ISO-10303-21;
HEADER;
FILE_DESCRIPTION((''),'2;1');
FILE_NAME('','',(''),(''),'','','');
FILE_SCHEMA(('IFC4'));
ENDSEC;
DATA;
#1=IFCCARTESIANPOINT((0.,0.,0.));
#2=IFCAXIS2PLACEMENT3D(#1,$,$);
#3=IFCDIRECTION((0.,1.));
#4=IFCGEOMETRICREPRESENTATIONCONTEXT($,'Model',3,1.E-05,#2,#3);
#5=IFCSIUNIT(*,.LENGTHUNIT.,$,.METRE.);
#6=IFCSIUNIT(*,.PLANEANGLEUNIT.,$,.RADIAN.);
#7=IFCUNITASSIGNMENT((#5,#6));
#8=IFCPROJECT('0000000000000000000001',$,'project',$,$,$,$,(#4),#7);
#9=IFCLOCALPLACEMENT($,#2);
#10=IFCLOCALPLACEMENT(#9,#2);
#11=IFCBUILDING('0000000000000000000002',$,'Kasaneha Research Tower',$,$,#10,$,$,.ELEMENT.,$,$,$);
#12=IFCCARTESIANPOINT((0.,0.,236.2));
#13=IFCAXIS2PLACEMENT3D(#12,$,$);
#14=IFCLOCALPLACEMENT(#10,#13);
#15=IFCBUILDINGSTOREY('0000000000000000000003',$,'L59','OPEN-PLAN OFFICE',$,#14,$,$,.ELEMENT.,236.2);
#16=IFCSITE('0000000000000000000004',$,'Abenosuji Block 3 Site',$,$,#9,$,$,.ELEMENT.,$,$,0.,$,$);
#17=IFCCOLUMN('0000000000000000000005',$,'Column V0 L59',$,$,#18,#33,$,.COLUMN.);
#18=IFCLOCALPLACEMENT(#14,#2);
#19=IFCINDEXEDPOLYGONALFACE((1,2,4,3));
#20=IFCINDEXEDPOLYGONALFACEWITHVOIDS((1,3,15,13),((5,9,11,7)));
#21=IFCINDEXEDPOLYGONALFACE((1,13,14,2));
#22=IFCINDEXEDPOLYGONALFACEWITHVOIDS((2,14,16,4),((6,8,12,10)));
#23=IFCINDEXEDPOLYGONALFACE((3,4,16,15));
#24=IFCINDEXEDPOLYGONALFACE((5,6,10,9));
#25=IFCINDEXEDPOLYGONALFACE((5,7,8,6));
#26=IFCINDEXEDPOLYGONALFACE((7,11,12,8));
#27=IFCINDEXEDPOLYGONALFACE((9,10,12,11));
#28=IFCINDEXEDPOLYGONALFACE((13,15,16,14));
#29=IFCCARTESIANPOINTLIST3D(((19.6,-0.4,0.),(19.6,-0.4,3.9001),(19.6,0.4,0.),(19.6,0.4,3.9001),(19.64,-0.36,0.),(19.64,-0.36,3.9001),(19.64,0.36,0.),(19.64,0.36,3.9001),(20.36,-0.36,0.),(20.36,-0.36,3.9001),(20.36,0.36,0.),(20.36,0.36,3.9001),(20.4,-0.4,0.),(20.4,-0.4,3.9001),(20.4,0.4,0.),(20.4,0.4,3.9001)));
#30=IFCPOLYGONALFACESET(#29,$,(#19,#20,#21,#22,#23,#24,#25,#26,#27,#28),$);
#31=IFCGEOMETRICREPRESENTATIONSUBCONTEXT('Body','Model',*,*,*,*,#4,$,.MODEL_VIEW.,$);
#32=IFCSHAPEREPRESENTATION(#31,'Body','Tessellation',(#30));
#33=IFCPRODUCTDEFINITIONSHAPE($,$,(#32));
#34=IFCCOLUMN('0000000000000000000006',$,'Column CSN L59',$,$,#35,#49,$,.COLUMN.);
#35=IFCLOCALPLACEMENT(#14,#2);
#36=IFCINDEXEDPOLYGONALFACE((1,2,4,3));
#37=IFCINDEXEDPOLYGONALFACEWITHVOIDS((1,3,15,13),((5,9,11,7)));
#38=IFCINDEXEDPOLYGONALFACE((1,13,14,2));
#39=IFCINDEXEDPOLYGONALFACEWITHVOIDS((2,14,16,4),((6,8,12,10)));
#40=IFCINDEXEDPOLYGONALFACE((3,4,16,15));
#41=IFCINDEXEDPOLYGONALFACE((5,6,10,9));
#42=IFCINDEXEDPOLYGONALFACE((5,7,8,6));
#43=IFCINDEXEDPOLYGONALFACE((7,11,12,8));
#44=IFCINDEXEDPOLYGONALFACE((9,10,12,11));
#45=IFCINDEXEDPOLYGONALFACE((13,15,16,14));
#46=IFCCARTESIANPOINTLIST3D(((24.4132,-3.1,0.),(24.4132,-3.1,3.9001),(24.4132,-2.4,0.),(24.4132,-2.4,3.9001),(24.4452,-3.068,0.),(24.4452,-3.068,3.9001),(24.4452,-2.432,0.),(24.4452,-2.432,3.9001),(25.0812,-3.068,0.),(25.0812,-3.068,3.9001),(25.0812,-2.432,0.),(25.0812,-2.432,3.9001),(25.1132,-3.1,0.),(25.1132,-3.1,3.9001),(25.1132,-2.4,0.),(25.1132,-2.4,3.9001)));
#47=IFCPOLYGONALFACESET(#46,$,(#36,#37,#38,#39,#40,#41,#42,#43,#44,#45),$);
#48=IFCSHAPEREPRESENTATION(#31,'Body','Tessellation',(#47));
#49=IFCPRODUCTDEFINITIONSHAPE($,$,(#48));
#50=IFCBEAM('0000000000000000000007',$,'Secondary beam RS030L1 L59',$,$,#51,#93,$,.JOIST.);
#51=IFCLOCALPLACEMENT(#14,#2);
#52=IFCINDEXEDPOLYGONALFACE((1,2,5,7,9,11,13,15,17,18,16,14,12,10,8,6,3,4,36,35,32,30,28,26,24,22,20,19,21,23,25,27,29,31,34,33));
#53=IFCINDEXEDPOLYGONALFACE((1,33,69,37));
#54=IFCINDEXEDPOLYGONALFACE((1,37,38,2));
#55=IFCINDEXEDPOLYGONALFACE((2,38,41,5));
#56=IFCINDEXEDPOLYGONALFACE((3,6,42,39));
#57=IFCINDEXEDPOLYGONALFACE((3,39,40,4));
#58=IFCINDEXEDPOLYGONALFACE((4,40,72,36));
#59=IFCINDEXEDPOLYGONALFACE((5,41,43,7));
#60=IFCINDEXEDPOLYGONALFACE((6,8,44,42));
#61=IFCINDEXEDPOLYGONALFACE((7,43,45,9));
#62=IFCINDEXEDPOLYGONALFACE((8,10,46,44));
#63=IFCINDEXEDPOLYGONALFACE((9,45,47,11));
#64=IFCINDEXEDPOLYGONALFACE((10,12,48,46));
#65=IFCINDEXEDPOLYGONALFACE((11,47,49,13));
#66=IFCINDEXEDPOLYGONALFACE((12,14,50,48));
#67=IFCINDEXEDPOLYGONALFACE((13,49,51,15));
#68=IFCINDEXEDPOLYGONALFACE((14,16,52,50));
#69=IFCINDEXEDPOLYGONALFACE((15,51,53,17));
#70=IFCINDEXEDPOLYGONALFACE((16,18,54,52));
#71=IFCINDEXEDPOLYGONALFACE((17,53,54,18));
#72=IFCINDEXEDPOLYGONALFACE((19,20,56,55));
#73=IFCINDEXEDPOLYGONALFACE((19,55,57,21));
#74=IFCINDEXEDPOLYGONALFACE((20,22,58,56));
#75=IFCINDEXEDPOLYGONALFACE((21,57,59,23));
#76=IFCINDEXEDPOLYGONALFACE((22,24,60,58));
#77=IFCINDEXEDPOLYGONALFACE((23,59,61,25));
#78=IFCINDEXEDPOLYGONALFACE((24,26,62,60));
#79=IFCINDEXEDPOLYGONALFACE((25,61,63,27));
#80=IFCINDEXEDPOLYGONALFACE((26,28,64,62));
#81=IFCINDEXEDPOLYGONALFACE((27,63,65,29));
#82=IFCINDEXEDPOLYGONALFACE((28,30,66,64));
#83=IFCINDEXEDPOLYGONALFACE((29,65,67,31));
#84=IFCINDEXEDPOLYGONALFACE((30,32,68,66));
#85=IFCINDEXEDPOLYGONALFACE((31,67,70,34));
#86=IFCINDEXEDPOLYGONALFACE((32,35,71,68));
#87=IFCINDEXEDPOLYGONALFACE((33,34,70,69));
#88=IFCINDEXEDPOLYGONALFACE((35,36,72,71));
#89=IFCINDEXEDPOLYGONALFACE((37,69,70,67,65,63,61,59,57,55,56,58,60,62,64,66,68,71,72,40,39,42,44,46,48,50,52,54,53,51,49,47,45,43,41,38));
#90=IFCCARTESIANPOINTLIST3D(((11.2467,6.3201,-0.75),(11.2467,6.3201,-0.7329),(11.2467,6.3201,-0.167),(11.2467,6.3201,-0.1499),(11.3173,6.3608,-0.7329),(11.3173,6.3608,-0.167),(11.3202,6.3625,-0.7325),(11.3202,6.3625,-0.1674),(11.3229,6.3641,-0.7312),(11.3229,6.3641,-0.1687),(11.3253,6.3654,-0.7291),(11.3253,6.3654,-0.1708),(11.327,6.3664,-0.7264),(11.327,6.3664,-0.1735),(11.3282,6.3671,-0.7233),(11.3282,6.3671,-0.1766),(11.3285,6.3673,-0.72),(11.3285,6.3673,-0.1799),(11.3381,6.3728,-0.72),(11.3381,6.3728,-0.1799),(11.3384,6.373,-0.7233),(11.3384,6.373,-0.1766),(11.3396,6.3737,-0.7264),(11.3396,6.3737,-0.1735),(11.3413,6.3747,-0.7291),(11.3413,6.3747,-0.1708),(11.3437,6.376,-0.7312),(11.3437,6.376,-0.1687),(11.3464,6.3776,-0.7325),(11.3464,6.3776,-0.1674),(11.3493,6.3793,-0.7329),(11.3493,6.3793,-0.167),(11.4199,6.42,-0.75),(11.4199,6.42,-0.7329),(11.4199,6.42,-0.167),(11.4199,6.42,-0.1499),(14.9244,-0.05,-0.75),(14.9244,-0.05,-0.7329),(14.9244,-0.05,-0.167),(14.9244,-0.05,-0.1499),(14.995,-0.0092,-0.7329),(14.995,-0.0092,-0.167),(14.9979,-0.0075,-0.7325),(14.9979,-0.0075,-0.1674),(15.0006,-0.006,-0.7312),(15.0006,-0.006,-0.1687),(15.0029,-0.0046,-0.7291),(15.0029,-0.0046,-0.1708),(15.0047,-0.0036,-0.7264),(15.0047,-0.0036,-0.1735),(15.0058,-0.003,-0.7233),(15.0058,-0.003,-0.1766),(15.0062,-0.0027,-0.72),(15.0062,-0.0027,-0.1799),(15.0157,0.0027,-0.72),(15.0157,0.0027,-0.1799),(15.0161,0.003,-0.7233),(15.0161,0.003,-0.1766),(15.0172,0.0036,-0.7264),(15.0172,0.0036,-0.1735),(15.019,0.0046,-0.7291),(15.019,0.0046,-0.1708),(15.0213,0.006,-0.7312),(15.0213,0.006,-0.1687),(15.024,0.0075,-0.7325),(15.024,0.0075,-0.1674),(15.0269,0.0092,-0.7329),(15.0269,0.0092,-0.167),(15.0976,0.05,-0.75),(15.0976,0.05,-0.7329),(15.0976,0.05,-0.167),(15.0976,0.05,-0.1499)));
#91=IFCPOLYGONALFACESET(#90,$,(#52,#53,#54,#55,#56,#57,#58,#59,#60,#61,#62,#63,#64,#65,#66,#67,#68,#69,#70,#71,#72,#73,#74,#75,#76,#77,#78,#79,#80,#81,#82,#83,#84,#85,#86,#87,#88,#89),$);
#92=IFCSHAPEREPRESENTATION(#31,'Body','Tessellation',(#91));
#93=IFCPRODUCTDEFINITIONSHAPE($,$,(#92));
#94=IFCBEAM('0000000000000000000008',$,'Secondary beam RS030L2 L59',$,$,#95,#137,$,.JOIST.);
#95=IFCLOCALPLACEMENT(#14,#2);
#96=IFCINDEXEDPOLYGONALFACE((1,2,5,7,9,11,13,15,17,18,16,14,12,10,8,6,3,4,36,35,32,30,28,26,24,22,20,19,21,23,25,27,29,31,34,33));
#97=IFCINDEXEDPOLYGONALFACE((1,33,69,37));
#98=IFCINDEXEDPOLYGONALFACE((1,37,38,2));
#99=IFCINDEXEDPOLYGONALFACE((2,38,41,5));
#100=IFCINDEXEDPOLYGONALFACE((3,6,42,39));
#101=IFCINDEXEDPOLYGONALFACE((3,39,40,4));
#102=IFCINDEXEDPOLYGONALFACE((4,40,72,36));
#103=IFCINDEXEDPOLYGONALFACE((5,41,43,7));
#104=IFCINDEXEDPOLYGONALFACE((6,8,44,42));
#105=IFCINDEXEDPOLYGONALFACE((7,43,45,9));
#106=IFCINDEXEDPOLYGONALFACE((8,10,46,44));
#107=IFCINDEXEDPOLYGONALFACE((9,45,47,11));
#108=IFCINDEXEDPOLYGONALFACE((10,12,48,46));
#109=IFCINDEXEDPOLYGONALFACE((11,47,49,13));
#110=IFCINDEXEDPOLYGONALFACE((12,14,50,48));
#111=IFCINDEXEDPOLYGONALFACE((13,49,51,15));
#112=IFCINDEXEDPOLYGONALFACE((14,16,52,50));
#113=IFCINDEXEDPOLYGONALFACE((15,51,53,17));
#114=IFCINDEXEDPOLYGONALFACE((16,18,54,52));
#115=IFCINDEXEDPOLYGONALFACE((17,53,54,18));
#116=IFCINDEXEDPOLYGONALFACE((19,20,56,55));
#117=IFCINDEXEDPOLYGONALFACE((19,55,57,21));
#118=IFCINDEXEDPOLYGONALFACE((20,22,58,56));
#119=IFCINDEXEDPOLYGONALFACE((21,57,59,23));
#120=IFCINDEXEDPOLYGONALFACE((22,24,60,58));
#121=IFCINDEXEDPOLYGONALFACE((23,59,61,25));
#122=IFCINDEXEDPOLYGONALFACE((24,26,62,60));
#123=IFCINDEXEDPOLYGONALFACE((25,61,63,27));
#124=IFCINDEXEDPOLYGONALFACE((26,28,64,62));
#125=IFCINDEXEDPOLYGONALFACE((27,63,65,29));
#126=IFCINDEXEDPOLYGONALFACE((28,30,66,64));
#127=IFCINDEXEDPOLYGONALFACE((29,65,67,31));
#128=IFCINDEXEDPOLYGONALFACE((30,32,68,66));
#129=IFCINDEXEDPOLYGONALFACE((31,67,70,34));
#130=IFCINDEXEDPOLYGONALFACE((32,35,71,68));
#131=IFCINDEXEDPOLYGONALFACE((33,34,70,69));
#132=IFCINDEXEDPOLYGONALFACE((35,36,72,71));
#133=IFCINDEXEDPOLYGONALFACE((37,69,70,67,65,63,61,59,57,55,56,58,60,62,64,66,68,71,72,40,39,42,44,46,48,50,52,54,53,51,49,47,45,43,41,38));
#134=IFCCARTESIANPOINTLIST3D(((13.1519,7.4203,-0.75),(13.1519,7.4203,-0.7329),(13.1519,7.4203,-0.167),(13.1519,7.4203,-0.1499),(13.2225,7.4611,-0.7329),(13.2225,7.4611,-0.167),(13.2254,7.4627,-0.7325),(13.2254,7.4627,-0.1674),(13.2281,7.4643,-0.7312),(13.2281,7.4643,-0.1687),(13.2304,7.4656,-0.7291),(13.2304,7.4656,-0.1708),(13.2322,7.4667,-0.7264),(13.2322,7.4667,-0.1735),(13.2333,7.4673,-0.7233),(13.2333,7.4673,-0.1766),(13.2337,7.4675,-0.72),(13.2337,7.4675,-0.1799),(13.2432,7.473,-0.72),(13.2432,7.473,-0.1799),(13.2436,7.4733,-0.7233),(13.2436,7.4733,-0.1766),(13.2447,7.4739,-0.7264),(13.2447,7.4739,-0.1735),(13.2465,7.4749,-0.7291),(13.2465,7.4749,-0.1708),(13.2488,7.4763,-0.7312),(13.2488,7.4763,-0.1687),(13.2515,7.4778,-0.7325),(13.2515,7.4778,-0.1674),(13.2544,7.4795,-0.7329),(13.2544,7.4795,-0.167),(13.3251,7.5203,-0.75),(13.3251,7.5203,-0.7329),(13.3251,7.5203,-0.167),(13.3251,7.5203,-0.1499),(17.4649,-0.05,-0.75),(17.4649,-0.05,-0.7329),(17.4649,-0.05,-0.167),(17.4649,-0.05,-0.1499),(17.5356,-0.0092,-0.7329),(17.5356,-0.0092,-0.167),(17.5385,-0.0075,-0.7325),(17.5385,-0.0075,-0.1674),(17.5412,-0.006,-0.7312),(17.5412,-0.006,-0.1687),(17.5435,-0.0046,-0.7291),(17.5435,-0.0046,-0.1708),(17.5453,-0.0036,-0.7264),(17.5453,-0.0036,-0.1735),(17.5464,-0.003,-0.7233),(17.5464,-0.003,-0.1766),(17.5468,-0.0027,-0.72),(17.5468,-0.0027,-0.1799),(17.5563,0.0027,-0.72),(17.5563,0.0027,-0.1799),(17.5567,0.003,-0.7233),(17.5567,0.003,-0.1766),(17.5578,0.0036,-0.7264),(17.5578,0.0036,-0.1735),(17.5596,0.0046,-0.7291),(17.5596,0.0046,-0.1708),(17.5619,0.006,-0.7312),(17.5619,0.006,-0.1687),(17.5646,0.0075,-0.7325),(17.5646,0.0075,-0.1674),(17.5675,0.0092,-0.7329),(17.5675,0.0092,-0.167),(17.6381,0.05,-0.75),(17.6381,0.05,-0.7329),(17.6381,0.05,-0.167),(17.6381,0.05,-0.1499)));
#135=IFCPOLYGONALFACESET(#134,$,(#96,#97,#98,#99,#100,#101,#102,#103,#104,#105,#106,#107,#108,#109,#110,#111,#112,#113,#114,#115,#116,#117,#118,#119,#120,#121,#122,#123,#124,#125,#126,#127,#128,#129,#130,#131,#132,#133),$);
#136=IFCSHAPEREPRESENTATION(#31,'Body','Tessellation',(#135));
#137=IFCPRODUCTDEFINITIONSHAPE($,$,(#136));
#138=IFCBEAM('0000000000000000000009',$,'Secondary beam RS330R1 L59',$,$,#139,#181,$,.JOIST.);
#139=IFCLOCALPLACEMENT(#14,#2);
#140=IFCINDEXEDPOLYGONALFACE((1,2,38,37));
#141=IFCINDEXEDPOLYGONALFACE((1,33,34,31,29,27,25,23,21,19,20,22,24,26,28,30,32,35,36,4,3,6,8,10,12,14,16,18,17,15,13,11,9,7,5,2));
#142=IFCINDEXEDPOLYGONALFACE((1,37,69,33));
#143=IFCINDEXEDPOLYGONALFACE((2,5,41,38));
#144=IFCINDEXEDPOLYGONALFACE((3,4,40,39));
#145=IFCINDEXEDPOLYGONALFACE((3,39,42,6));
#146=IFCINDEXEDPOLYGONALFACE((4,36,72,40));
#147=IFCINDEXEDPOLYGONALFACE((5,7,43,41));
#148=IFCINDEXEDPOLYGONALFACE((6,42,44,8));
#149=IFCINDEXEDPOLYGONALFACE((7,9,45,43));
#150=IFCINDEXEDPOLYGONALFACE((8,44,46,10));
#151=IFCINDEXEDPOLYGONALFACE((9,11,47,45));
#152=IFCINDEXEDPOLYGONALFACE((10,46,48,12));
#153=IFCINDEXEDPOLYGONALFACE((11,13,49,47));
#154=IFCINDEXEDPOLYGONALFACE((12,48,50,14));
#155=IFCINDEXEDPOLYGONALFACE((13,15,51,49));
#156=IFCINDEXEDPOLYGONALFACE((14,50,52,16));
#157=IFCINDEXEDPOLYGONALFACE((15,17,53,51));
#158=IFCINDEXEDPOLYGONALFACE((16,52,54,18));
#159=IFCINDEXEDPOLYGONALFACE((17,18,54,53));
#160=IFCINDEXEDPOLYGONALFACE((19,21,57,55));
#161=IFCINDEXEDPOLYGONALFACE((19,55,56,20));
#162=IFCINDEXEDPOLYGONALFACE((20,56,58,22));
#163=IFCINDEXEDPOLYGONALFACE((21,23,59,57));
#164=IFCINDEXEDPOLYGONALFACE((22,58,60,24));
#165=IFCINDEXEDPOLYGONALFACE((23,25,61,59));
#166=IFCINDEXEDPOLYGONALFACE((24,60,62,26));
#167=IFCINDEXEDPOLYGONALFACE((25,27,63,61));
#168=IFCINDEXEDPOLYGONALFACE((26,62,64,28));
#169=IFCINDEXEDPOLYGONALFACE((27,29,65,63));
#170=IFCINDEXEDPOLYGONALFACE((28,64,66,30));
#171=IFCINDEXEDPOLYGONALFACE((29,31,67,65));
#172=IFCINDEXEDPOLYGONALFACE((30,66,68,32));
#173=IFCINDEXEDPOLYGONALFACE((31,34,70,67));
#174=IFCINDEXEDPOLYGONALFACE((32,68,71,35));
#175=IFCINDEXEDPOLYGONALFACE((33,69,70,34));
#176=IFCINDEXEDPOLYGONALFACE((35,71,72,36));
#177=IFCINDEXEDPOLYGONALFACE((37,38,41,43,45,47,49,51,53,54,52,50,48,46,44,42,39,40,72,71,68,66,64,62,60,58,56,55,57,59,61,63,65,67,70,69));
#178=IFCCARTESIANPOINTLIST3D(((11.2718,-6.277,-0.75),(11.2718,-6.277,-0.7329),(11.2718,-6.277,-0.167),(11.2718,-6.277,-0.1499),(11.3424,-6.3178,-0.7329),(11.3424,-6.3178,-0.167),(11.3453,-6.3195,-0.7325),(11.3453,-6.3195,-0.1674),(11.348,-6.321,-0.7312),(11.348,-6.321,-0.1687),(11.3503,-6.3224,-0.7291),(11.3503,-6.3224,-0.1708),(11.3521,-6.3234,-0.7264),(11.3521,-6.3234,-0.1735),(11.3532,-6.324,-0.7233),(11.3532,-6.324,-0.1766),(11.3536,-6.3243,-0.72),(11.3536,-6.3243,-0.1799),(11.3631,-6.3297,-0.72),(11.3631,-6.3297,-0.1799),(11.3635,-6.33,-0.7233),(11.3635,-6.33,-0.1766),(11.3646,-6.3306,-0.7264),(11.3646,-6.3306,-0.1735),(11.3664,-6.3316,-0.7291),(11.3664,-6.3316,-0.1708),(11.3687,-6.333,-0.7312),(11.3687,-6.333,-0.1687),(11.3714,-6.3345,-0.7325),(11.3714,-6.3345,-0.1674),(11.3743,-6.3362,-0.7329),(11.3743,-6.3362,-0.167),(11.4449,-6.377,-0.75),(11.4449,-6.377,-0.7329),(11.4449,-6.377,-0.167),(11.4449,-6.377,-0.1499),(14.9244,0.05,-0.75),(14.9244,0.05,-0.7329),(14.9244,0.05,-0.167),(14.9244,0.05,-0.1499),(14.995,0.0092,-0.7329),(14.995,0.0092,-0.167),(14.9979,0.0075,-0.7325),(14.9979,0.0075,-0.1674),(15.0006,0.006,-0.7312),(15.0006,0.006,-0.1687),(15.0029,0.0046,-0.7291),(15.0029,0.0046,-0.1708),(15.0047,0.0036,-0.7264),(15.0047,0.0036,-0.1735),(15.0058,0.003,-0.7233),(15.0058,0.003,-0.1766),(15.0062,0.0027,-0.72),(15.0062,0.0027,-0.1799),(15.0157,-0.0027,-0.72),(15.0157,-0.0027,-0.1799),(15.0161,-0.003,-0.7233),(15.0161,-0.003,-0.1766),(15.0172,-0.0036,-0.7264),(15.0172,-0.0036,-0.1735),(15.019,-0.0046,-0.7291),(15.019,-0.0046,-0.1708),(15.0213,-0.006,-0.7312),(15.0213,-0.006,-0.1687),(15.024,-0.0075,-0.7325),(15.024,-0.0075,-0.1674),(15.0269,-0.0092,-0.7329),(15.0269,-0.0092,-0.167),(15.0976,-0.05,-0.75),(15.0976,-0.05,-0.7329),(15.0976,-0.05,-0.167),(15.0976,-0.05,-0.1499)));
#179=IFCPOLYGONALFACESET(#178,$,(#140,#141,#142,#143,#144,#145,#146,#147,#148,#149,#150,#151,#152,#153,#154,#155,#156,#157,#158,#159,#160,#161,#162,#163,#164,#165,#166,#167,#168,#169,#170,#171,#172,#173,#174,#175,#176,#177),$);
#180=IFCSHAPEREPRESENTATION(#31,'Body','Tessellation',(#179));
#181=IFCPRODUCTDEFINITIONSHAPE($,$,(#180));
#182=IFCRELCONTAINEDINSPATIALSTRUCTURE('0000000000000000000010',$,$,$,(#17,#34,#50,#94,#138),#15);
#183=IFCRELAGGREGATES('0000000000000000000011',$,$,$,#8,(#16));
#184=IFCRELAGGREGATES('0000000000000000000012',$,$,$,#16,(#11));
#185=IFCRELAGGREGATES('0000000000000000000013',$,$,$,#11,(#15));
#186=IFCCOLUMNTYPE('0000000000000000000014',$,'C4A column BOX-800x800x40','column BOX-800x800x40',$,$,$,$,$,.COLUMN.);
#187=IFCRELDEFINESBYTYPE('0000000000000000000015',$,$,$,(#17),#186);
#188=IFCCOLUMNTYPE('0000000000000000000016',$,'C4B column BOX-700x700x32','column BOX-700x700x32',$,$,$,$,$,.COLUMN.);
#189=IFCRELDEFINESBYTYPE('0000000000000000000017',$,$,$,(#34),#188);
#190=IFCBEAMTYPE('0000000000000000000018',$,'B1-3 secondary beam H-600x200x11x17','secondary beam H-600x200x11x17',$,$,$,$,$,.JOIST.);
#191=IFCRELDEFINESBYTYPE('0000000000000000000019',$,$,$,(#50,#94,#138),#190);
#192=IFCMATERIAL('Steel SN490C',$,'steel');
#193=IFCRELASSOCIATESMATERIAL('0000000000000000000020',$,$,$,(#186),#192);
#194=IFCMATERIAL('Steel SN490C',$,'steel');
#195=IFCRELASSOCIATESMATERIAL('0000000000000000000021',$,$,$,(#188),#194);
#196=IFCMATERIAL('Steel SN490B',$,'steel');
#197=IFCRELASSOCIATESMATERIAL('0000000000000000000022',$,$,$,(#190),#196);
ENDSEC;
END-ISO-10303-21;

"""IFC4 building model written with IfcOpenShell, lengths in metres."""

from ifc_helpers import new_model, si_unit, direction, frame, origin, origin_2d, place, context, subcontext, project, spatial, hollow_rectangle, i_section, extrude, material, material_profile, profile_set, type_object, element, save


model = new_model("IFC4")

# Units and contexts
model_context = context("Model", 3, precision=1e-05, world=origin(), true_north=direction((0.0, 1.0)))
body_context = subcontext(model_context, "Body", "Model", "MODEL_VIEW")
ifc_project = project(units=[si_unit("LENGTHUNIT", "METRE"), si_unit("PLANEANGLEUNIT", "RADIAN")], contexts=[model_context])

# Site, building, storey
site_placement = place(None, origin())
site = spatial("IfcSite", under=ifc_project, at=site_placement, Name="Abenosuji Block 3 Site", CompositionType="ELEMENT", RefElevation=0.0)
building_placement = place(site_placement, origin())
building = spatial("IfcBuilding", under=site, at=building_placement, Name="Kasaneha Research Tower", CompositionType="ELEMENT")
storey_placement = place(building_placement, frame((0.0, 0.0, 236.2)))
storey = spatial("IfcBuildingStorey", under=building, at=storey_placement, Name="L59", Description="OPEN-PLAN OFFICE", CompositionType="ELEMENT", Elevation=236.2)

# Columns
ifc_material_1 = material(Name="Steel SN490C", Category="steel")
ifc_material_profile_1 = material_profile(ifc_material_1, hollow_rectangle(XDim=0.8, YDim=0.8, WallThickness=0.04, at=origin_2d()), Name="BOX-800x800x40")
ifc_profile_set_1 = profile_set([ifc_material_profile_1], Name="Steel SN490C")
column_type_1 = type_object("IfcColumnType", Name="C4A column BOX-800x800x40", Description="column BOX-800x800x40", PredefinedType="COLUMN", material=ifc_profile_set_1)
column_1_placement = place(storey_placement, frame((20.0, 0.0, 0.0), z_axis=(0.0, 0.0, 1.0), x_axis=(1.0, 0.0, 0.0)))
element("IfcColumn", 1, at=column_1_placement, inside=storey, type_object=column_type_1, Name="Column V0 L59", PredefinedType="COLUMN", context=body_context, shape_type="SweptSolid", body=[
    extrude(hollow_rectangle(XDim=0.8, YDim=0.8, WallThickness=0.04, at=origin_2d()), origin(), (0.0, 0.0, 1.0), 3.9001),
])
ifc_material_2 = material(Name="Steel SN490C", Category="steel")
ifc_material_profile_2 = material_profile(ifc_material_2, hollow_rectangle(XDim=0.7, YDim=0.7, WallThickness=0.032, at=origin_2d()), Name="BOX-700x700x32")
ifc_profile_set_2 = profile_set([ifc_material_profile_2], Name="Steel SN490C")
column_type_2 = type_object("IfcColumnType", Name="C4B column BOX-700x700x32", Description="column BOX-700x700x32", PredefinedType="COLUMN", material=ifc_profile_set_2)
column_2_placement = place(storey_placement, frame((24.7632, -2.75, 0.0), z_axis=(0.0, 0.0, 1.0), x_axis=(1.0, 0.0, 0.0)))
element("IfcColumn", 2, at=column_2_placement, inside=storey, type_object=column_type_2, Name="Column CSN L59", PredefinedType="COLUMN", context=body_context, shape_type="SweptSolid", body=[
    extrude(hollow_rectangle(XDim=0.7, YDim=0.7, WallThickness=0.032, at=origin_2d()), origin(), (0.0, 0.0, 1.0), 3.9001),
])

# Beams
ifc_material_3 = material(Name="Steel SN490B", Category="steel")
ifc_material_profile_3 = material_profile(ifc_material_3, i_section(OverallWidth=0.2, OverallDepth=0.6001, WebThickness=0.011, FlangeThickness=0.0171, FilletRadius=0.0129, at=origin_2d()), Name="H-600x200x11x17")
ifc_profile_set_3 = profile_set([ifc_material_profile_3], Name="Steel SN490B")
beam_type_1 = type_object("IfcBeamType", Name="B1-3 secondary beam H-600x200x11x17", Description="secondary beam H-600x200x11x17", PredefinedType="JOIST", material=ifc_profile_set_3)
beam_1_placement = place(storey_placement, frame((15.011, 0.0, -0.45), z_axis=(-0.499994, 0.866029, 0.0), x_axis=(-0.866029, -0.499994, 0.0)))
element("IfcBeam", 3, at=beam_1_placement, inside=storey, type_object=beam_type_1, Name="Secondary beam RS030L1 L59", PredefinedType="JOIST", context=body_context, shape_type="SweptSolid", body=[
    extrude(i_section(OverallWidth=0.2, OverallDepth=0.6001, WebThickness=0.011, FlangeThickness=0.0171, FilletRadius=0.0129, at=origin_2d()), origin(), (0.0, 0.0, 1.0), 7.3555),
])
beam_2_placement = place(storey_placement, frame((17.5515, 0.0, -0.45), z_axis=(-0.500005, 0.866023, 0.0), x_axis=(-0.866023, -0.500005, 0.0)))
element("IfcBeam", 4, at=beam_2_placement, inside=storey, type_object=beam_type_1, Name="Secondary beam RS030L2 L59", PredefinedType="JOIST", context=body_context, shape_type="SweptSolid", body=[
    extrude(i_section(OverallWidth=0.2, OverallDepth=0.6001, WebThickness=0.011, FlangeThickness=0.0171, FilletRadius=0.0129, at=origin_2d()), origin(), (0.0, 0.0, 1.0), 8.626),
])
beam_3_placement = place(storey_placement, frame((15.011, 0.0, -0.45), z_axis=(-0.499974, -0.86604, 0.0), x_axis=(0.86604, -0.499974, 0.0)))
element("IfcBeam", 5, at=beam_3_placement, inside=storey, type_object=beam_type_1, Name="Secondary beam RS330R1 L59", PredefinedType="JOIST", context=body_context, shape_type="SweptSolid", body=[
    extrude(i_section(OverallWidth=0.2, OverallDepth=0.6001, WebThickness=0.011, FlangeThickness=0.0171, FilletRadius=0.0129, at=origin_2d()), origin(), (0.0, 0.0, 1.0), 7.3057),
])

save(model, "model.ifc")
